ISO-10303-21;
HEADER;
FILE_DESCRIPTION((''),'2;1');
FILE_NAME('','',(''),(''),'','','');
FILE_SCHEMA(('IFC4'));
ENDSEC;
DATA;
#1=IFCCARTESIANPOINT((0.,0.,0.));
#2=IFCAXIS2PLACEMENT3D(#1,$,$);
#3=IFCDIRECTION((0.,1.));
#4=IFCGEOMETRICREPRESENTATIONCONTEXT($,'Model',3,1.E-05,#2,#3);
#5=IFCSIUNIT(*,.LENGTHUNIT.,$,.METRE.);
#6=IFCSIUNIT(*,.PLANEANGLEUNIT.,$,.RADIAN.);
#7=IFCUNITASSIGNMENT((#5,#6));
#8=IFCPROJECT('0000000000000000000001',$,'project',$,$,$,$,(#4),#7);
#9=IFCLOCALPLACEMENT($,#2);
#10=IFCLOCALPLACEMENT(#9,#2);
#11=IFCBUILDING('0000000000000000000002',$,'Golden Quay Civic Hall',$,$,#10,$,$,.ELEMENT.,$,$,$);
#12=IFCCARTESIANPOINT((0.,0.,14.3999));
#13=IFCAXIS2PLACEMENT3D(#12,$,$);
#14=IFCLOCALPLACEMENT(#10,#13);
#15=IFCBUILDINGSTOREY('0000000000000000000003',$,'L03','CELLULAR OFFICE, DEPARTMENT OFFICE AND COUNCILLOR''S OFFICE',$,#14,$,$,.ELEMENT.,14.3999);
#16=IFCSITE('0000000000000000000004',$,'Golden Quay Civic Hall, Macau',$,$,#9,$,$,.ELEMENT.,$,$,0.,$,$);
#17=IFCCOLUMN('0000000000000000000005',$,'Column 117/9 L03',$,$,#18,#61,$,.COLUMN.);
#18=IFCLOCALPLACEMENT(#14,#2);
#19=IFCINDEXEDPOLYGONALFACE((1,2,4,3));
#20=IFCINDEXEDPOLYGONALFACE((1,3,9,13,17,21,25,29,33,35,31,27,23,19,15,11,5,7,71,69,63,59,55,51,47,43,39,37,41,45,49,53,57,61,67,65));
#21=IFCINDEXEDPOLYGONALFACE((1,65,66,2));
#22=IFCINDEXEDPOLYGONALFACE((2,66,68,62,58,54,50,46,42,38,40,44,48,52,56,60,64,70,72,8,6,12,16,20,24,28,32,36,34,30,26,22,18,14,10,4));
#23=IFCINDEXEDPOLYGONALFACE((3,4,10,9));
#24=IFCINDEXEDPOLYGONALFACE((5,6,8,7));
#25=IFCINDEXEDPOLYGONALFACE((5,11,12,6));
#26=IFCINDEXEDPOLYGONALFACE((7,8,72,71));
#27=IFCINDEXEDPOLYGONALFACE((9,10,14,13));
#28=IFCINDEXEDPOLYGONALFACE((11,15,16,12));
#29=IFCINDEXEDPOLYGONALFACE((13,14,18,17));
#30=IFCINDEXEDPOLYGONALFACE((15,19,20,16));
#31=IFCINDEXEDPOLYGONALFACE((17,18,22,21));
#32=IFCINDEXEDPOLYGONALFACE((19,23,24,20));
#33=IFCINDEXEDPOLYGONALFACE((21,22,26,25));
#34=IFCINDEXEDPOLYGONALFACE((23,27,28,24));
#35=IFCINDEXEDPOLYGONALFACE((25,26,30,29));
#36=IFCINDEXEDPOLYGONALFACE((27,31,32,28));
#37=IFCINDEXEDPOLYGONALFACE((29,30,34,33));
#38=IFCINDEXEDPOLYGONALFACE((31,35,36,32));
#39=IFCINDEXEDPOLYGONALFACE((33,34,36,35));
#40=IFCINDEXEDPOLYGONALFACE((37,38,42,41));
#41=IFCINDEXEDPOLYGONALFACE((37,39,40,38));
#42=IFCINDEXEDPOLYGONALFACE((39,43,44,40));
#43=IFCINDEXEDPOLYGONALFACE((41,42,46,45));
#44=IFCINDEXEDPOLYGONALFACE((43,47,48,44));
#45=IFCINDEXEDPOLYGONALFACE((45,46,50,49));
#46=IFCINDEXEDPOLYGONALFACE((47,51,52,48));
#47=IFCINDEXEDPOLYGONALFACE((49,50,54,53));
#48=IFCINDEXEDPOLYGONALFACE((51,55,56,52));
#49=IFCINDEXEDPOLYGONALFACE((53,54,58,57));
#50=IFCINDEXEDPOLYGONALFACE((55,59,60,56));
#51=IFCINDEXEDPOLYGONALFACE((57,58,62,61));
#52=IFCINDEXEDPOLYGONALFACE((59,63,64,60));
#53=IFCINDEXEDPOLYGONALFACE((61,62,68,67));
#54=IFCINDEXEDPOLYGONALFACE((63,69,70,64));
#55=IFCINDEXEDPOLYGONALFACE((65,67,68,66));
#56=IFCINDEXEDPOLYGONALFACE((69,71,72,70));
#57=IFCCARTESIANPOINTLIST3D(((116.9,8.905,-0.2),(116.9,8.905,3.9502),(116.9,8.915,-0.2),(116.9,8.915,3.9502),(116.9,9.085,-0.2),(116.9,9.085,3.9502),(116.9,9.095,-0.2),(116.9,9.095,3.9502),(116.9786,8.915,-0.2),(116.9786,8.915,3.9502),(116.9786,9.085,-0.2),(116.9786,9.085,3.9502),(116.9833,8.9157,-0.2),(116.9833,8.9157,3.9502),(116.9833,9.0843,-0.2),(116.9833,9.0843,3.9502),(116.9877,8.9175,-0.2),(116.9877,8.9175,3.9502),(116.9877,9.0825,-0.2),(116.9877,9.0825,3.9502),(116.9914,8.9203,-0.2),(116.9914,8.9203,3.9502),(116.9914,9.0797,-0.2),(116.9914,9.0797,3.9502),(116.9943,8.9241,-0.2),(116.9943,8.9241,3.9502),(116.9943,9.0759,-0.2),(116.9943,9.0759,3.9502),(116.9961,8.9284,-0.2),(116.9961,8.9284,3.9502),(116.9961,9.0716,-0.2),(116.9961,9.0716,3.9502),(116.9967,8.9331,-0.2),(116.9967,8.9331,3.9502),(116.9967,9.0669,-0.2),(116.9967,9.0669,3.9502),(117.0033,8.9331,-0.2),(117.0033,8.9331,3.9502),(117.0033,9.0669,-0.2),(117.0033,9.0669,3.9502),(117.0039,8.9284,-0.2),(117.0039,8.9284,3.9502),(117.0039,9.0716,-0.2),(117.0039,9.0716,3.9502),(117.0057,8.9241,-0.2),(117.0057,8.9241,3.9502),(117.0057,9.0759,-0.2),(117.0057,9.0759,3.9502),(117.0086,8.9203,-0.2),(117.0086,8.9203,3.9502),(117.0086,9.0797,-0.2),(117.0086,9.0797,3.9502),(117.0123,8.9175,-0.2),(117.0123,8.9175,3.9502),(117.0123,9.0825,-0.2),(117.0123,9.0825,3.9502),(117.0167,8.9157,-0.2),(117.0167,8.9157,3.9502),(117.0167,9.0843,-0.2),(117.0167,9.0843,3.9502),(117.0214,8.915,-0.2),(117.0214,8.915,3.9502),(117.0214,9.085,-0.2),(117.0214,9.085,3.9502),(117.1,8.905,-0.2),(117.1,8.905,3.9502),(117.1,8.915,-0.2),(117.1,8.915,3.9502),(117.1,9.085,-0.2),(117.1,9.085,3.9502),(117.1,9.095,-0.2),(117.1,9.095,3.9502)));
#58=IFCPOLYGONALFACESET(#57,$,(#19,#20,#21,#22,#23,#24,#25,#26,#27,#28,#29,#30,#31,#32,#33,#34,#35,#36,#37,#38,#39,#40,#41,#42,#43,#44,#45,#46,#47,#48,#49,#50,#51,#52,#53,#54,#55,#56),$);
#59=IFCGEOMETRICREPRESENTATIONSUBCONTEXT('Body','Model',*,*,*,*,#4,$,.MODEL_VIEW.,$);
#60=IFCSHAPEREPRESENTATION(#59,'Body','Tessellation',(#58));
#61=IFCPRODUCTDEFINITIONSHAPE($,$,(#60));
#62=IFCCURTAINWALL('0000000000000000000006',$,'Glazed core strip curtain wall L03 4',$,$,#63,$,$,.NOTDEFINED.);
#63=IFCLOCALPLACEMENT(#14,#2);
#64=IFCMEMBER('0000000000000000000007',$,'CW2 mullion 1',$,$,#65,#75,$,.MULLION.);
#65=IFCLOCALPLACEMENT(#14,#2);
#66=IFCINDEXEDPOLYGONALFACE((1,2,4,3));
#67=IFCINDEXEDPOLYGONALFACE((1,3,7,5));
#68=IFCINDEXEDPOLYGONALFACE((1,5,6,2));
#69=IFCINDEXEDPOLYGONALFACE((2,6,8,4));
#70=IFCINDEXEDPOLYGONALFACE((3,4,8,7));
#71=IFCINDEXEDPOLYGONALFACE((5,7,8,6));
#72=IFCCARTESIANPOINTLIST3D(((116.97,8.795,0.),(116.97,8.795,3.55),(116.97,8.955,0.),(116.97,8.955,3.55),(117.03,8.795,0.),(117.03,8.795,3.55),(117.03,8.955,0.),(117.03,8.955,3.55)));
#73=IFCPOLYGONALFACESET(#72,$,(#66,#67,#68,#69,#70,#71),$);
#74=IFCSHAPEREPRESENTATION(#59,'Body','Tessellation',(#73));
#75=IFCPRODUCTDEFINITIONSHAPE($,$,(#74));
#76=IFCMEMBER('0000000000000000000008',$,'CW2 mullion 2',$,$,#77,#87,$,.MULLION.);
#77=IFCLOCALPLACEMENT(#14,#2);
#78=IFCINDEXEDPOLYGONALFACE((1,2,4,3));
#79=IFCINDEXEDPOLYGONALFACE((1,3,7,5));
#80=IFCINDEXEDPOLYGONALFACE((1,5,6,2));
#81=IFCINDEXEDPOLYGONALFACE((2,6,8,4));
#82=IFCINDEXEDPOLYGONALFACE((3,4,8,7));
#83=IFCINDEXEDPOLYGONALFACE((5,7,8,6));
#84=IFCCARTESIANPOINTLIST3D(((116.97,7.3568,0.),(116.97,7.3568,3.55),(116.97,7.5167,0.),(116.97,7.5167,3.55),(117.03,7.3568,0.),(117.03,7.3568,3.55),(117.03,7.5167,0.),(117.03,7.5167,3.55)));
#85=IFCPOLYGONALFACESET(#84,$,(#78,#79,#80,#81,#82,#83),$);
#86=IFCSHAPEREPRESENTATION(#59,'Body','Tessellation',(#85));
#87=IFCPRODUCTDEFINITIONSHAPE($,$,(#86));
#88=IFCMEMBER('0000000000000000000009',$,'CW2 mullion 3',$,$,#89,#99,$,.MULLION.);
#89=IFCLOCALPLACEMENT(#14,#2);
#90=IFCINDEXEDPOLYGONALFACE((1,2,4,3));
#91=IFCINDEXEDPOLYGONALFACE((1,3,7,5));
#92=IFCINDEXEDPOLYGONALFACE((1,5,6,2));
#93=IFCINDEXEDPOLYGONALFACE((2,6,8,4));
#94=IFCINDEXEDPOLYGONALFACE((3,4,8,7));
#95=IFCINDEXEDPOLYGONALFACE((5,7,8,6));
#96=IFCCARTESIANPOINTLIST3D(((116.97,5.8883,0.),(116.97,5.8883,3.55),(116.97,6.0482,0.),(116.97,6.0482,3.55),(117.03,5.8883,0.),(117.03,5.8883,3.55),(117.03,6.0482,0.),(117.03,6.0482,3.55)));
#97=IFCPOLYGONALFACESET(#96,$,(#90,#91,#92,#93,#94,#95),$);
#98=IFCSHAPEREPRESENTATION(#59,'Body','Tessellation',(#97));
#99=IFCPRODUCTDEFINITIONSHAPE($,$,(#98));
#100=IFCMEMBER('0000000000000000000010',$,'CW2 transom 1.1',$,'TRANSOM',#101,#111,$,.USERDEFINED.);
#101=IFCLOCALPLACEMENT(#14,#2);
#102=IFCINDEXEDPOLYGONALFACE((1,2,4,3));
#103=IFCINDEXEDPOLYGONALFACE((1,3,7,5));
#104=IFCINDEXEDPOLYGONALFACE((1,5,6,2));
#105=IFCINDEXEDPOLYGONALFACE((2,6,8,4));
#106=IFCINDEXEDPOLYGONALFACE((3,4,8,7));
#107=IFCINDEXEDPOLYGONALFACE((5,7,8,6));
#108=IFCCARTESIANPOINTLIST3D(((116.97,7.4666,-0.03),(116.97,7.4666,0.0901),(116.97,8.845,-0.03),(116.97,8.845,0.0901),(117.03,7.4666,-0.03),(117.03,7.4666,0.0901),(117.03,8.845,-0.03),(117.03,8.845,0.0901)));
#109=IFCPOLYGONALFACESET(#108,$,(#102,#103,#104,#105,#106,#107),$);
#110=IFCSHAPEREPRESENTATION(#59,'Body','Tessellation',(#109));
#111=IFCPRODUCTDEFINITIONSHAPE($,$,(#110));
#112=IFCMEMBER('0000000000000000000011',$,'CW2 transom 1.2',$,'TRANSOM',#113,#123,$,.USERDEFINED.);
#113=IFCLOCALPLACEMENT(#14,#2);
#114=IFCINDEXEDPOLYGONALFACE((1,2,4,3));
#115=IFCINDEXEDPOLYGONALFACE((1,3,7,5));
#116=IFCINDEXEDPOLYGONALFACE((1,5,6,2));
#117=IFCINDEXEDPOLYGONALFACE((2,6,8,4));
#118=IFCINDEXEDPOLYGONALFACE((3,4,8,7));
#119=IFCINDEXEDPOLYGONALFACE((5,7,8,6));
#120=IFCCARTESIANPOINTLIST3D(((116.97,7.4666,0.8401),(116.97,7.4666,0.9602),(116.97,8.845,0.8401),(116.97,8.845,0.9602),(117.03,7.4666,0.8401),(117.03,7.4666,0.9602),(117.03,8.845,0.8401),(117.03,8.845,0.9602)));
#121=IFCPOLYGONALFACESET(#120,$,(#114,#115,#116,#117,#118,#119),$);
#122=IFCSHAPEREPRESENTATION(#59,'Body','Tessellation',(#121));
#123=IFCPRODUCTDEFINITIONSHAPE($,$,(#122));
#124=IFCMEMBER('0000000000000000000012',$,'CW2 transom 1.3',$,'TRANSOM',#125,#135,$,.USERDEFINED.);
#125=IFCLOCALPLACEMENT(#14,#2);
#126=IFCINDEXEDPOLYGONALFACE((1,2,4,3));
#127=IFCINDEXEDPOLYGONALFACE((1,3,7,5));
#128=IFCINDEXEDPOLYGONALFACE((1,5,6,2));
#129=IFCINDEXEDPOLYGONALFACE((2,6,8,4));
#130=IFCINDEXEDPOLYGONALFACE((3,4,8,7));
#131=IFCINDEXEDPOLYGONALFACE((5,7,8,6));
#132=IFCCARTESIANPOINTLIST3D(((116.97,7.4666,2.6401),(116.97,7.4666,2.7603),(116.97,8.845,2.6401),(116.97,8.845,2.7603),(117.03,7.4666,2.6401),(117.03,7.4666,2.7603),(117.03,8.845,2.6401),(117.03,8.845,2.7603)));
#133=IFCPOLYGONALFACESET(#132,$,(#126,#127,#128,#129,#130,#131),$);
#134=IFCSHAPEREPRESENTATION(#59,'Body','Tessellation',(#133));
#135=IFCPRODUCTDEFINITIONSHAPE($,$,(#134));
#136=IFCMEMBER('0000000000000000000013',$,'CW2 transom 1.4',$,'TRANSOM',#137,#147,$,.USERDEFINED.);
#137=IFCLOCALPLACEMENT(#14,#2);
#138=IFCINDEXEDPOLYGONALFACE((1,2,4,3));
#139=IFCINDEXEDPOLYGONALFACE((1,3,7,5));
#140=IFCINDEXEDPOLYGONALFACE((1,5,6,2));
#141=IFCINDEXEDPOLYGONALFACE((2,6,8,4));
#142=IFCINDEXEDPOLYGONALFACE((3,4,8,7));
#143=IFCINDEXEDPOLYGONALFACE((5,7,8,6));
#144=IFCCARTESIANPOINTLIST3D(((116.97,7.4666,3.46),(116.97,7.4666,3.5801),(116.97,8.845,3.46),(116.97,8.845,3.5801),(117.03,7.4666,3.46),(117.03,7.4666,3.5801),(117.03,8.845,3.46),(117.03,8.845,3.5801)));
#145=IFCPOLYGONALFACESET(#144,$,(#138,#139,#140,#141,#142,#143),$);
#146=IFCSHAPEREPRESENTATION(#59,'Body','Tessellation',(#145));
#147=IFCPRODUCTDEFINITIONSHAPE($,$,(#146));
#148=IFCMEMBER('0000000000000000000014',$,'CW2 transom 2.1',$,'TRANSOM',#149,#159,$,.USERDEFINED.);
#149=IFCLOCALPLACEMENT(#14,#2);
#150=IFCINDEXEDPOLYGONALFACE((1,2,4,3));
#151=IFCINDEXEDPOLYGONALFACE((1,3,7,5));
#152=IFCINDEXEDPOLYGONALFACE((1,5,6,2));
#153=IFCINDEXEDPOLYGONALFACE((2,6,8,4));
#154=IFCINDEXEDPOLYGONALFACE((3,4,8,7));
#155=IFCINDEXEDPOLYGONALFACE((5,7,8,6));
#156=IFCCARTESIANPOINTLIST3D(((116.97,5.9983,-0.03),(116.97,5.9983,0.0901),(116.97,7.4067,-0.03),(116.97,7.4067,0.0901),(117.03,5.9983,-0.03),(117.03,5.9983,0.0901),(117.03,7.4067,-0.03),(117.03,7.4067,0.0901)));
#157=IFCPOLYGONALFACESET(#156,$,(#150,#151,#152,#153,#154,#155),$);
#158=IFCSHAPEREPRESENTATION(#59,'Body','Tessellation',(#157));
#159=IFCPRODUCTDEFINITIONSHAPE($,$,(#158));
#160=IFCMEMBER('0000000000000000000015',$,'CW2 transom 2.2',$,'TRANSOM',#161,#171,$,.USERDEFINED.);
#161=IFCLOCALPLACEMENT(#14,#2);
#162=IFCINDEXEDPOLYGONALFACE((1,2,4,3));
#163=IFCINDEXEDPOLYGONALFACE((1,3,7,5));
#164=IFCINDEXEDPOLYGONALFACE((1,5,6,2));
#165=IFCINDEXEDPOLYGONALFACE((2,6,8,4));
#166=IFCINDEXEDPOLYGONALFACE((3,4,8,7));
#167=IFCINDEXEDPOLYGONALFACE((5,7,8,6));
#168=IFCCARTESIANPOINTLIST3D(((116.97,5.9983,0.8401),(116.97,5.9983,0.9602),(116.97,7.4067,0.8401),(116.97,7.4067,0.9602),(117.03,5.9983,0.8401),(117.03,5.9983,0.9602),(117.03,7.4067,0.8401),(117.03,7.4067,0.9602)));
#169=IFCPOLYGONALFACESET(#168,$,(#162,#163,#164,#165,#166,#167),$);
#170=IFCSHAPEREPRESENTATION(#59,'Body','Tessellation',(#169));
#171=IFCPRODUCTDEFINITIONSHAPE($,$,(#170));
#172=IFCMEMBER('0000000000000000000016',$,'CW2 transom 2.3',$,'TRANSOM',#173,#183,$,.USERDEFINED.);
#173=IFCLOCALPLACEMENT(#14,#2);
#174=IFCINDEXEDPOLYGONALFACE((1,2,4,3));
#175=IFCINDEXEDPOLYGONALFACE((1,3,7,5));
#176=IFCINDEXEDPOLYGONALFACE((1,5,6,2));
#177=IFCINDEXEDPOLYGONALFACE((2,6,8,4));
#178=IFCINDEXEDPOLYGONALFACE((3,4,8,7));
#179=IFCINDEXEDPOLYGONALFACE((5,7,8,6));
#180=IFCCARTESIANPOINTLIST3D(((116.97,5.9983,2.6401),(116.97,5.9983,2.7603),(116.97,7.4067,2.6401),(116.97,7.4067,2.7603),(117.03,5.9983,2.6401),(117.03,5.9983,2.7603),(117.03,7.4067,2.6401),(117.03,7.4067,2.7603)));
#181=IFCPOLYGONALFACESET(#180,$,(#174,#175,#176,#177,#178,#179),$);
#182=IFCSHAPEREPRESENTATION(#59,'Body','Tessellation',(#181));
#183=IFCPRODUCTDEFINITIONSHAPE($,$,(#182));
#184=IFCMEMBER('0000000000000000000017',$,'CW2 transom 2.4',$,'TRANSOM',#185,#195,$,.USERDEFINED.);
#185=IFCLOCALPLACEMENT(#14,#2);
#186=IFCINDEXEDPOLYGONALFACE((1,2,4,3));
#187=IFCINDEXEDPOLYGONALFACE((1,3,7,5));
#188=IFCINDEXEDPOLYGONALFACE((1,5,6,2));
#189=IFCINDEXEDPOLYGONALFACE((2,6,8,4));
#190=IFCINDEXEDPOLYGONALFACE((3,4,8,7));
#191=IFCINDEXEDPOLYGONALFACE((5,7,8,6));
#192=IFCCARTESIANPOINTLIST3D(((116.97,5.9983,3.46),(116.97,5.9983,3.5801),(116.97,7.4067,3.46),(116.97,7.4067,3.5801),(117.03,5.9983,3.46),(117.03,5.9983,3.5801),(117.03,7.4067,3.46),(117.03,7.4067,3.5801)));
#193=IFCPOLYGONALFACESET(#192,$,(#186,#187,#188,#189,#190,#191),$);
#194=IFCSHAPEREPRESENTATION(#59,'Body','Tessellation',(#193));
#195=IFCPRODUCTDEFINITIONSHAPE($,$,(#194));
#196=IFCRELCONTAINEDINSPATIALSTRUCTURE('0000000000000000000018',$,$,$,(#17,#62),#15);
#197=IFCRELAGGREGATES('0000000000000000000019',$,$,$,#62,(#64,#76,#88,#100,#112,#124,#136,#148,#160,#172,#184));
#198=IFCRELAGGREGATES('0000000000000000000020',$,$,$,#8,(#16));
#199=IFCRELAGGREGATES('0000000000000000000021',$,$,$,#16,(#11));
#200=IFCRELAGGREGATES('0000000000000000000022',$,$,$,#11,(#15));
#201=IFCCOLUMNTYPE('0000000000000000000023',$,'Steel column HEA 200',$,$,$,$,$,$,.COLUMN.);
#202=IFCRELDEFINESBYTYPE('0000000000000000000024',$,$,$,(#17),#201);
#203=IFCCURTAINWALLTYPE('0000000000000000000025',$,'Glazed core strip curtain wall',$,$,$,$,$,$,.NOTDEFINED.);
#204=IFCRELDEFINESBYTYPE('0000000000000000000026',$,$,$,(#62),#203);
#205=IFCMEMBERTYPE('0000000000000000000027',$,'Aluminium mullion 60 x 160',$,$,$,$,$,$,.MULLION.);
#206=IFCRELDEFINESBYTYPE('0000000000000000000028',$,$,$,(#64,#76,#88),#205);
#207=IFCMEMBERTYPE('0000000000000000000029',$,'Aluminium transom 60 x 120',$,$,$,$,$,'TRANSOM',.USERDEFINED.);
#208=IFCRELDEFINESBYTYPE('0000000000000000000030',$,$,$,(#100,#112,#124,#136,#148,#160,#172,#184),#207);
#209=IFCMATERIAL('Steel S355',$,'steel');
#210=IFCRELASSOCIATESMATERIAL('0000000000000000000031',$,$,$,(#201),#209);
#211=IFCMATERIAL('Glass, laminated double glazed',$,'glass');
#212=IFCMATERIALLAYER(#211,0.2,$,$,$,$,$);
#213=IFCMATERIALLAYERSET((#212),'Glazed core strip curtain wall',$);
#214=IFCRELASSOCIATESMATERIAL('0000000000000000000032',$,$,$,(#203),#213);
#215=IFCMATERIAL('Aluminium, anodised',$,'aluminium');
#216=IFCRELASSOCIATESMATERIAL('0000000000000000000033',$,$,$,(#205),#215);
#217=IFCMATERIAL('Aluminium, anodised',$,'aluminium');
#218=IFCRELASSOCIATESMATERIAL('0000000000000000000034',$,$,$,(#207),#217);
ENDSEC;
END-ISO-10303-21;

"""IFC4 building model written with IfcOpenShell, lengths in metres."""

from ifc_helpers import new_model, si_unit, direction, frame, origin, origin_2d, place, context, subcontext, project, spatial, rectangle, i_section, extrude, material, layer, layer_set, material_profile, profile_set, type_object, element, aggregate, save


model = new_model("IFC4")

# Units and contexts
model_context = context("Model", 3, precision=1e-05, world=origin(), true_north=direction((0.0, 1.0)))
body_context = subcontext(model_context, "Body", "Model", "MODEL_VIEW")
ifc_project = project(units=[si_unit("LENGTHUNIT", "METRE"), si_unit("PLANEANGLEUNIT", "RADIAN")], contexts=[model_context])

# Site, building, storey
site_placement = place(None, origin())
site = spatial("IfcSite", under=ifc_project, at=site_placement, Name="Golden Quay Civic Hall, Macau", CompositionType="ELEMENT", RefElevation=0.0)
building_placement = place(site_placement, origin())
building = spatial("IfcBuilding", under=site, at=building_placement, Name="Golden Quay Civic Hall", CompositionType="ELEMENT")
storey_placement = place(building_placement, frame((0.0, 0.0, 14.3999)))
storey = spatial("IfcBuildingStorey", under=building, at=storey_placement, Name="L03", Description="CELLULAR OFFICE, DEPARTMENT OFFICE AND COUNCILLOR'S OFFICE", CompositionType="ELEMENT", Elevation=14.3999)

# Column
ifc_material_1 = material(Name="Steel S355", Category="steel")
ifc_material_profile_1 = material_profile(ifc_material_1, i_section(OverallWidth=0.2, OverallDepth=0.1899, WebThickness=0.0066, FlangeThickness=0.01, FilletRadius=0.0181, at=origin_2d()), Name="HEA 200")
ifc_profile_set_1 = profile_set([ifc_material_profile_1], Name="Steel S355")
column_type = type_object("IfcColumnType", Name="Steel column HEA 200", PredefinedType="COLUMN", material=ifc_profile_set_1)
column_placement = place(storey_placement, frame((117.0, 9.0, -0.2), z_axis=(0.0, 0.0, 1.0), x_axis=(1.0, 0.0, 0.0)))
element("IfcColumn", 1, at=column_placement, inside=storey, type_object=column_type, Name="Column 117/9 L03", PredefinedType="COLUMN", context=body_context, shape_type="SweptSolid", body=[
    extrude(i_section(OverallWidth=0.2, OverallDepth=0.1899, WebThickness=0.0066, FlangeThickness=0.01, FilletRadius=0.0181, at=origin_2d()), origin(), (0.0, 0.0, 1.0), 4.1501),
])

# Curtain wall, members
ifc_material_2 = material(Name="Glass, laminated double glazed", Category="glass")
ifc_layer_1 = layer(ifc_material_2, 0.2)
ifc_layer_set_1 = layer_set([ifc_layer_1], Name="Glazed core strip curtain wall")
curtain_wall_type = type_object("IfcCurtainWallType", Name="Glazed core strip curtain wall", PredefinedType="NOTDEFINED", material=ifc_layer_set_1)
curtain_wall_placement = place(storey_placement, origin())
curtain_wall = element("IfcCurtainWall", 2, at=curtain_wall_placement, inside=storey, type_object=curtain_wall_type, Name="Glazed core strip curtain wall L03 4", PredefinedType="NOTDEFINED")
ifc_material_3 = material(Name="Aluminium, anodised", Category="aluminium")
ifc_material_profile_2 = material_profile(ifc_material_3, rectangle(XDim=0.0601, YDim=0.1599, at=origin_2d()), Name="Aluminium 60 x 160")
ifc_profile_set_2 = profile_set([ifc_material_profile_2], Name="Aluminium, anodised")
member_type_1 = type_object("IfcMemberType", Name="Aluminium mullion 60 x 160", PredefinedType="MULLION", material=ifc_profile_set_2)
member_1_placement = place(storey_placement, frame((117.0, 8.875, 0.0), z_axis=(0.0, 0.0, 1.0), x_axis=(1.0, 0.0, 0.0)))
member_1 = element("IfcMember", 3, at=member_1_placement, type_object=member_type_1, Name="CW2 mullion 1", PredefinedType="MULLION", context=body_context, shape_type="SweptSolid", body=[
    extrude(rectangle(XDim=0.0601, YDim=0.1599, at=origin_2d()), origin(), (0.0, 0.0, 1.0), 3.55),
])
member_2_placement = place(storey_placement, frame((117.0, 7.4368, 0.0), z_axis=(0.0, 0.0, 1.0), x_axis=(1.0, 0.0, 0.0)))
member_2 = element("IfcMember", 4, at=member_2_placement, type_object=member_type_1, Name="CW2 mullion 2", PredefinedType="MULLION", context=body_context, shape_type="SweptSolid", body=[
    extrude(rectangle(XDim=0.0601, YDim=0.1599, at=origin_2d()), origin(), (0.0, 0.0, 1.0), 3.55),
])
member_3_placement = place(storey_placement, frame((117.0, 5.9683, 0.0), z_axis=(0.0, 0.0, 1.0), x_axis=(1.0, 0.0, 0.0)))
member_3 = element("IfcMember", 5, at=member_3_placement, type_object=member_type_1, Name="CW2 mullion 3", PredefinedType="MULLION", context=body_context, shape_type="SweptSolid", body=[
    extrude(rectangle(XDim=0.0601, YDim=0.1599, at=origin_2d()), origin(), (0.0, 0.0, 1.0), 3.55),
])
ifc_material_4 = material(Name="Aluminium, anodised", Category="aluminium")
ifc_material_profile_3 = material_profile(ifc_material_4, rectangle(XDim=0.0601, YDim=0.1201, at=origin_2d()), Name="Aluminium 60 x 120")
ifc_profile_set_3 = profile_set([ifc_material_profile_3], Name="Aluminium, anodised")
member_type_2 = type_object("IfcMemberType", Name="Aluminium transom 60 x 120", ElementType="TRANSOM", PredefinedType="USERDEFINED", material=ifc_profile_set_3)
member_4_placement = place(storey_placement, frame((117.0, 8.845, 0.03), z_axis=(0.0, -1.0, 0.0), x_axis=(1.0, 0.0, 0.0)))
member_4 = element("IfcMember", 6, at=member_4_placement, type_object=member_type_2, Name="CW2 transom 1.1", ObjectType="TRANSOM", PredefinedType="USERDEFINED", context=body_context, shape_type="SweptSolid", body=[
    extrude(rectangle(XDim=0.0601, YDim=0.1201, at=origin_2d()), origin(), (0.0, 0.0, 1.0), 1.3784),
])
member_5_placement = place(storey_placement, frame((117.0, 8.845, 0.9001), z_axis=(0.0, -1.0, 0.0), x_axis=(1.0, 0.0, 0.0)))
member_5 = element("IfcMember", 7, at=member_5_placement, type_object=member_type_2, Name="CW2 transom 1.2", ObjectType="TRANSOM", PredefinedType="USERDEFINED", context=body_context, shape_type="SweptSolid", body=[
    extrude(rectangle(XDim=0.0601, YDim=0.1201, at=origin_2d()), origin(), (0.0, 0.0, 1.0), 1.3784),
])
member_6_placement = place(storey_placement, frame((117.0, 8.845, 2.7002), z_axis=(0.0, -1.0, 0.0), x_axis=(1.0, 0.0, 0.0)))
member_6 = element("IfcMember", 8, at=member_6_placement, type_object=member_type_2, Name="CW2 transom 1.3", ObjectType="TRANSOM", PredefinedType="USERDEFINED", context=body_context, shape_type="SweptSolid", body=[
    extrude(rectangle(XDim=0.0601, YDim=0.1201, at=origin_2d()), origin(), (0.0, 0.0, 1.0), 1.3784),
])
member_7_placement = place(storey_placement, frame((117.0, 8.845, 3.52), z_axis=(0.0, -1.0, 0.0), x_axis=(1.0, 0.0, 0.0)))
member_7 = element("IfcMember", 9, at=member_7_placement, type_object=member_type_2, Name="CW2 transom 1.4", ObjectType="TRANSOM", PredefinedType="USERDEFINED", context=body_context, shape_type="SweptSolid", body=[
    extrude(rectangle(XDim=0.0601, YDim=0.1201, at=origin_2d()), origin(), (0.0, 0.0, 1.0), 1.3784),
])
member_8_placement = place(storey_placement, frame((117.0, 7.4067, 0.03), z_axis=(0.0, -1.0, 0.0), x_axis=(1.0, 0.0, 0.0)))
member_8 = element("IfcMember", 10, at=member_8_placement, type_object=member_type_2, Name="CW2 transom 2.1", ObjectType="TRANSOM", PredefinedType="USERDEFINED", context=body_context, shape_type="SweptSolid", body=[
    extrude(rectangle(XDim=0.0601, YDim=0.1201, at=origin_2d()), origin(), (0.0, 0.0, 1.0), 1.4084),
])
member_9_placement = place(storey_placement, frame((117.0, 7.4067, 0.9001), z_axis=(0.0, -1.0, 0.0), x_axis=(1.0, 0.0, 0.0)))
member_9 = element("IfcMember", 11, at=member_9_placement, type_object=member_type_2, Name="CW2 transom 2.2", ObjectType="TRANSOM", PredefinedType="USERDEFINED", context=body_context, shape_type="SweptSolid", body=[
    extrude(rectangle(XDim=0.0601, YDim=0.1201, at=origin_2d()), origin(), (0.0, 0.0, 1.0), 1.4084),
])
member_10_placement = place(storey_placement, frame((117.0, 7.4067, 2.7002), z_axis=(0.0, -1.0, 0.0), x_axis=(1.0, 0.0, 0.0)))
member_10 = element("IfcMember", 12, at=member_10_placement, type_object=member_type_2, Name="CW2 transom 2.3", ObjectType="TRANSOM", PredefinedType="USERDEFINED", context=body_context, shape_type="SweptSolid", body=[
    extrude(rectangle(XDim=0.0601, YDim=0.1201, at=origin_2d()), origin(), (0.0, 0.0, 1.0), 1.4084),
])
member_11_placement = place(storey_placement, frame((117.0, 7.4067, 3.52), z_axis=(0.0, -1.0, 0.0), x_axis=(1.0, 0.0, 0.0)))
member_11 = element("IfcMember", 13, at=member_11_placement, type_object=member_type_2, Name="CW2 transom 2.4", ObjectType="TRANSOM", PredefinedType="USERDEFINED", context=body_context, shape_type="SweptSolid", body=[
    extrude(rectangle(XDim=0.0601, YDim=0.1201, at=origin_2d()), origin(), (0.0, 0.0, 1.0), 1.4084),
])

aggregate(curtain_wall, [member_1, member_2, member_3, member_4, member_5, member_6, member_7, member_8, member_9, member_10, member_11])

save(model, "model.ifc")
